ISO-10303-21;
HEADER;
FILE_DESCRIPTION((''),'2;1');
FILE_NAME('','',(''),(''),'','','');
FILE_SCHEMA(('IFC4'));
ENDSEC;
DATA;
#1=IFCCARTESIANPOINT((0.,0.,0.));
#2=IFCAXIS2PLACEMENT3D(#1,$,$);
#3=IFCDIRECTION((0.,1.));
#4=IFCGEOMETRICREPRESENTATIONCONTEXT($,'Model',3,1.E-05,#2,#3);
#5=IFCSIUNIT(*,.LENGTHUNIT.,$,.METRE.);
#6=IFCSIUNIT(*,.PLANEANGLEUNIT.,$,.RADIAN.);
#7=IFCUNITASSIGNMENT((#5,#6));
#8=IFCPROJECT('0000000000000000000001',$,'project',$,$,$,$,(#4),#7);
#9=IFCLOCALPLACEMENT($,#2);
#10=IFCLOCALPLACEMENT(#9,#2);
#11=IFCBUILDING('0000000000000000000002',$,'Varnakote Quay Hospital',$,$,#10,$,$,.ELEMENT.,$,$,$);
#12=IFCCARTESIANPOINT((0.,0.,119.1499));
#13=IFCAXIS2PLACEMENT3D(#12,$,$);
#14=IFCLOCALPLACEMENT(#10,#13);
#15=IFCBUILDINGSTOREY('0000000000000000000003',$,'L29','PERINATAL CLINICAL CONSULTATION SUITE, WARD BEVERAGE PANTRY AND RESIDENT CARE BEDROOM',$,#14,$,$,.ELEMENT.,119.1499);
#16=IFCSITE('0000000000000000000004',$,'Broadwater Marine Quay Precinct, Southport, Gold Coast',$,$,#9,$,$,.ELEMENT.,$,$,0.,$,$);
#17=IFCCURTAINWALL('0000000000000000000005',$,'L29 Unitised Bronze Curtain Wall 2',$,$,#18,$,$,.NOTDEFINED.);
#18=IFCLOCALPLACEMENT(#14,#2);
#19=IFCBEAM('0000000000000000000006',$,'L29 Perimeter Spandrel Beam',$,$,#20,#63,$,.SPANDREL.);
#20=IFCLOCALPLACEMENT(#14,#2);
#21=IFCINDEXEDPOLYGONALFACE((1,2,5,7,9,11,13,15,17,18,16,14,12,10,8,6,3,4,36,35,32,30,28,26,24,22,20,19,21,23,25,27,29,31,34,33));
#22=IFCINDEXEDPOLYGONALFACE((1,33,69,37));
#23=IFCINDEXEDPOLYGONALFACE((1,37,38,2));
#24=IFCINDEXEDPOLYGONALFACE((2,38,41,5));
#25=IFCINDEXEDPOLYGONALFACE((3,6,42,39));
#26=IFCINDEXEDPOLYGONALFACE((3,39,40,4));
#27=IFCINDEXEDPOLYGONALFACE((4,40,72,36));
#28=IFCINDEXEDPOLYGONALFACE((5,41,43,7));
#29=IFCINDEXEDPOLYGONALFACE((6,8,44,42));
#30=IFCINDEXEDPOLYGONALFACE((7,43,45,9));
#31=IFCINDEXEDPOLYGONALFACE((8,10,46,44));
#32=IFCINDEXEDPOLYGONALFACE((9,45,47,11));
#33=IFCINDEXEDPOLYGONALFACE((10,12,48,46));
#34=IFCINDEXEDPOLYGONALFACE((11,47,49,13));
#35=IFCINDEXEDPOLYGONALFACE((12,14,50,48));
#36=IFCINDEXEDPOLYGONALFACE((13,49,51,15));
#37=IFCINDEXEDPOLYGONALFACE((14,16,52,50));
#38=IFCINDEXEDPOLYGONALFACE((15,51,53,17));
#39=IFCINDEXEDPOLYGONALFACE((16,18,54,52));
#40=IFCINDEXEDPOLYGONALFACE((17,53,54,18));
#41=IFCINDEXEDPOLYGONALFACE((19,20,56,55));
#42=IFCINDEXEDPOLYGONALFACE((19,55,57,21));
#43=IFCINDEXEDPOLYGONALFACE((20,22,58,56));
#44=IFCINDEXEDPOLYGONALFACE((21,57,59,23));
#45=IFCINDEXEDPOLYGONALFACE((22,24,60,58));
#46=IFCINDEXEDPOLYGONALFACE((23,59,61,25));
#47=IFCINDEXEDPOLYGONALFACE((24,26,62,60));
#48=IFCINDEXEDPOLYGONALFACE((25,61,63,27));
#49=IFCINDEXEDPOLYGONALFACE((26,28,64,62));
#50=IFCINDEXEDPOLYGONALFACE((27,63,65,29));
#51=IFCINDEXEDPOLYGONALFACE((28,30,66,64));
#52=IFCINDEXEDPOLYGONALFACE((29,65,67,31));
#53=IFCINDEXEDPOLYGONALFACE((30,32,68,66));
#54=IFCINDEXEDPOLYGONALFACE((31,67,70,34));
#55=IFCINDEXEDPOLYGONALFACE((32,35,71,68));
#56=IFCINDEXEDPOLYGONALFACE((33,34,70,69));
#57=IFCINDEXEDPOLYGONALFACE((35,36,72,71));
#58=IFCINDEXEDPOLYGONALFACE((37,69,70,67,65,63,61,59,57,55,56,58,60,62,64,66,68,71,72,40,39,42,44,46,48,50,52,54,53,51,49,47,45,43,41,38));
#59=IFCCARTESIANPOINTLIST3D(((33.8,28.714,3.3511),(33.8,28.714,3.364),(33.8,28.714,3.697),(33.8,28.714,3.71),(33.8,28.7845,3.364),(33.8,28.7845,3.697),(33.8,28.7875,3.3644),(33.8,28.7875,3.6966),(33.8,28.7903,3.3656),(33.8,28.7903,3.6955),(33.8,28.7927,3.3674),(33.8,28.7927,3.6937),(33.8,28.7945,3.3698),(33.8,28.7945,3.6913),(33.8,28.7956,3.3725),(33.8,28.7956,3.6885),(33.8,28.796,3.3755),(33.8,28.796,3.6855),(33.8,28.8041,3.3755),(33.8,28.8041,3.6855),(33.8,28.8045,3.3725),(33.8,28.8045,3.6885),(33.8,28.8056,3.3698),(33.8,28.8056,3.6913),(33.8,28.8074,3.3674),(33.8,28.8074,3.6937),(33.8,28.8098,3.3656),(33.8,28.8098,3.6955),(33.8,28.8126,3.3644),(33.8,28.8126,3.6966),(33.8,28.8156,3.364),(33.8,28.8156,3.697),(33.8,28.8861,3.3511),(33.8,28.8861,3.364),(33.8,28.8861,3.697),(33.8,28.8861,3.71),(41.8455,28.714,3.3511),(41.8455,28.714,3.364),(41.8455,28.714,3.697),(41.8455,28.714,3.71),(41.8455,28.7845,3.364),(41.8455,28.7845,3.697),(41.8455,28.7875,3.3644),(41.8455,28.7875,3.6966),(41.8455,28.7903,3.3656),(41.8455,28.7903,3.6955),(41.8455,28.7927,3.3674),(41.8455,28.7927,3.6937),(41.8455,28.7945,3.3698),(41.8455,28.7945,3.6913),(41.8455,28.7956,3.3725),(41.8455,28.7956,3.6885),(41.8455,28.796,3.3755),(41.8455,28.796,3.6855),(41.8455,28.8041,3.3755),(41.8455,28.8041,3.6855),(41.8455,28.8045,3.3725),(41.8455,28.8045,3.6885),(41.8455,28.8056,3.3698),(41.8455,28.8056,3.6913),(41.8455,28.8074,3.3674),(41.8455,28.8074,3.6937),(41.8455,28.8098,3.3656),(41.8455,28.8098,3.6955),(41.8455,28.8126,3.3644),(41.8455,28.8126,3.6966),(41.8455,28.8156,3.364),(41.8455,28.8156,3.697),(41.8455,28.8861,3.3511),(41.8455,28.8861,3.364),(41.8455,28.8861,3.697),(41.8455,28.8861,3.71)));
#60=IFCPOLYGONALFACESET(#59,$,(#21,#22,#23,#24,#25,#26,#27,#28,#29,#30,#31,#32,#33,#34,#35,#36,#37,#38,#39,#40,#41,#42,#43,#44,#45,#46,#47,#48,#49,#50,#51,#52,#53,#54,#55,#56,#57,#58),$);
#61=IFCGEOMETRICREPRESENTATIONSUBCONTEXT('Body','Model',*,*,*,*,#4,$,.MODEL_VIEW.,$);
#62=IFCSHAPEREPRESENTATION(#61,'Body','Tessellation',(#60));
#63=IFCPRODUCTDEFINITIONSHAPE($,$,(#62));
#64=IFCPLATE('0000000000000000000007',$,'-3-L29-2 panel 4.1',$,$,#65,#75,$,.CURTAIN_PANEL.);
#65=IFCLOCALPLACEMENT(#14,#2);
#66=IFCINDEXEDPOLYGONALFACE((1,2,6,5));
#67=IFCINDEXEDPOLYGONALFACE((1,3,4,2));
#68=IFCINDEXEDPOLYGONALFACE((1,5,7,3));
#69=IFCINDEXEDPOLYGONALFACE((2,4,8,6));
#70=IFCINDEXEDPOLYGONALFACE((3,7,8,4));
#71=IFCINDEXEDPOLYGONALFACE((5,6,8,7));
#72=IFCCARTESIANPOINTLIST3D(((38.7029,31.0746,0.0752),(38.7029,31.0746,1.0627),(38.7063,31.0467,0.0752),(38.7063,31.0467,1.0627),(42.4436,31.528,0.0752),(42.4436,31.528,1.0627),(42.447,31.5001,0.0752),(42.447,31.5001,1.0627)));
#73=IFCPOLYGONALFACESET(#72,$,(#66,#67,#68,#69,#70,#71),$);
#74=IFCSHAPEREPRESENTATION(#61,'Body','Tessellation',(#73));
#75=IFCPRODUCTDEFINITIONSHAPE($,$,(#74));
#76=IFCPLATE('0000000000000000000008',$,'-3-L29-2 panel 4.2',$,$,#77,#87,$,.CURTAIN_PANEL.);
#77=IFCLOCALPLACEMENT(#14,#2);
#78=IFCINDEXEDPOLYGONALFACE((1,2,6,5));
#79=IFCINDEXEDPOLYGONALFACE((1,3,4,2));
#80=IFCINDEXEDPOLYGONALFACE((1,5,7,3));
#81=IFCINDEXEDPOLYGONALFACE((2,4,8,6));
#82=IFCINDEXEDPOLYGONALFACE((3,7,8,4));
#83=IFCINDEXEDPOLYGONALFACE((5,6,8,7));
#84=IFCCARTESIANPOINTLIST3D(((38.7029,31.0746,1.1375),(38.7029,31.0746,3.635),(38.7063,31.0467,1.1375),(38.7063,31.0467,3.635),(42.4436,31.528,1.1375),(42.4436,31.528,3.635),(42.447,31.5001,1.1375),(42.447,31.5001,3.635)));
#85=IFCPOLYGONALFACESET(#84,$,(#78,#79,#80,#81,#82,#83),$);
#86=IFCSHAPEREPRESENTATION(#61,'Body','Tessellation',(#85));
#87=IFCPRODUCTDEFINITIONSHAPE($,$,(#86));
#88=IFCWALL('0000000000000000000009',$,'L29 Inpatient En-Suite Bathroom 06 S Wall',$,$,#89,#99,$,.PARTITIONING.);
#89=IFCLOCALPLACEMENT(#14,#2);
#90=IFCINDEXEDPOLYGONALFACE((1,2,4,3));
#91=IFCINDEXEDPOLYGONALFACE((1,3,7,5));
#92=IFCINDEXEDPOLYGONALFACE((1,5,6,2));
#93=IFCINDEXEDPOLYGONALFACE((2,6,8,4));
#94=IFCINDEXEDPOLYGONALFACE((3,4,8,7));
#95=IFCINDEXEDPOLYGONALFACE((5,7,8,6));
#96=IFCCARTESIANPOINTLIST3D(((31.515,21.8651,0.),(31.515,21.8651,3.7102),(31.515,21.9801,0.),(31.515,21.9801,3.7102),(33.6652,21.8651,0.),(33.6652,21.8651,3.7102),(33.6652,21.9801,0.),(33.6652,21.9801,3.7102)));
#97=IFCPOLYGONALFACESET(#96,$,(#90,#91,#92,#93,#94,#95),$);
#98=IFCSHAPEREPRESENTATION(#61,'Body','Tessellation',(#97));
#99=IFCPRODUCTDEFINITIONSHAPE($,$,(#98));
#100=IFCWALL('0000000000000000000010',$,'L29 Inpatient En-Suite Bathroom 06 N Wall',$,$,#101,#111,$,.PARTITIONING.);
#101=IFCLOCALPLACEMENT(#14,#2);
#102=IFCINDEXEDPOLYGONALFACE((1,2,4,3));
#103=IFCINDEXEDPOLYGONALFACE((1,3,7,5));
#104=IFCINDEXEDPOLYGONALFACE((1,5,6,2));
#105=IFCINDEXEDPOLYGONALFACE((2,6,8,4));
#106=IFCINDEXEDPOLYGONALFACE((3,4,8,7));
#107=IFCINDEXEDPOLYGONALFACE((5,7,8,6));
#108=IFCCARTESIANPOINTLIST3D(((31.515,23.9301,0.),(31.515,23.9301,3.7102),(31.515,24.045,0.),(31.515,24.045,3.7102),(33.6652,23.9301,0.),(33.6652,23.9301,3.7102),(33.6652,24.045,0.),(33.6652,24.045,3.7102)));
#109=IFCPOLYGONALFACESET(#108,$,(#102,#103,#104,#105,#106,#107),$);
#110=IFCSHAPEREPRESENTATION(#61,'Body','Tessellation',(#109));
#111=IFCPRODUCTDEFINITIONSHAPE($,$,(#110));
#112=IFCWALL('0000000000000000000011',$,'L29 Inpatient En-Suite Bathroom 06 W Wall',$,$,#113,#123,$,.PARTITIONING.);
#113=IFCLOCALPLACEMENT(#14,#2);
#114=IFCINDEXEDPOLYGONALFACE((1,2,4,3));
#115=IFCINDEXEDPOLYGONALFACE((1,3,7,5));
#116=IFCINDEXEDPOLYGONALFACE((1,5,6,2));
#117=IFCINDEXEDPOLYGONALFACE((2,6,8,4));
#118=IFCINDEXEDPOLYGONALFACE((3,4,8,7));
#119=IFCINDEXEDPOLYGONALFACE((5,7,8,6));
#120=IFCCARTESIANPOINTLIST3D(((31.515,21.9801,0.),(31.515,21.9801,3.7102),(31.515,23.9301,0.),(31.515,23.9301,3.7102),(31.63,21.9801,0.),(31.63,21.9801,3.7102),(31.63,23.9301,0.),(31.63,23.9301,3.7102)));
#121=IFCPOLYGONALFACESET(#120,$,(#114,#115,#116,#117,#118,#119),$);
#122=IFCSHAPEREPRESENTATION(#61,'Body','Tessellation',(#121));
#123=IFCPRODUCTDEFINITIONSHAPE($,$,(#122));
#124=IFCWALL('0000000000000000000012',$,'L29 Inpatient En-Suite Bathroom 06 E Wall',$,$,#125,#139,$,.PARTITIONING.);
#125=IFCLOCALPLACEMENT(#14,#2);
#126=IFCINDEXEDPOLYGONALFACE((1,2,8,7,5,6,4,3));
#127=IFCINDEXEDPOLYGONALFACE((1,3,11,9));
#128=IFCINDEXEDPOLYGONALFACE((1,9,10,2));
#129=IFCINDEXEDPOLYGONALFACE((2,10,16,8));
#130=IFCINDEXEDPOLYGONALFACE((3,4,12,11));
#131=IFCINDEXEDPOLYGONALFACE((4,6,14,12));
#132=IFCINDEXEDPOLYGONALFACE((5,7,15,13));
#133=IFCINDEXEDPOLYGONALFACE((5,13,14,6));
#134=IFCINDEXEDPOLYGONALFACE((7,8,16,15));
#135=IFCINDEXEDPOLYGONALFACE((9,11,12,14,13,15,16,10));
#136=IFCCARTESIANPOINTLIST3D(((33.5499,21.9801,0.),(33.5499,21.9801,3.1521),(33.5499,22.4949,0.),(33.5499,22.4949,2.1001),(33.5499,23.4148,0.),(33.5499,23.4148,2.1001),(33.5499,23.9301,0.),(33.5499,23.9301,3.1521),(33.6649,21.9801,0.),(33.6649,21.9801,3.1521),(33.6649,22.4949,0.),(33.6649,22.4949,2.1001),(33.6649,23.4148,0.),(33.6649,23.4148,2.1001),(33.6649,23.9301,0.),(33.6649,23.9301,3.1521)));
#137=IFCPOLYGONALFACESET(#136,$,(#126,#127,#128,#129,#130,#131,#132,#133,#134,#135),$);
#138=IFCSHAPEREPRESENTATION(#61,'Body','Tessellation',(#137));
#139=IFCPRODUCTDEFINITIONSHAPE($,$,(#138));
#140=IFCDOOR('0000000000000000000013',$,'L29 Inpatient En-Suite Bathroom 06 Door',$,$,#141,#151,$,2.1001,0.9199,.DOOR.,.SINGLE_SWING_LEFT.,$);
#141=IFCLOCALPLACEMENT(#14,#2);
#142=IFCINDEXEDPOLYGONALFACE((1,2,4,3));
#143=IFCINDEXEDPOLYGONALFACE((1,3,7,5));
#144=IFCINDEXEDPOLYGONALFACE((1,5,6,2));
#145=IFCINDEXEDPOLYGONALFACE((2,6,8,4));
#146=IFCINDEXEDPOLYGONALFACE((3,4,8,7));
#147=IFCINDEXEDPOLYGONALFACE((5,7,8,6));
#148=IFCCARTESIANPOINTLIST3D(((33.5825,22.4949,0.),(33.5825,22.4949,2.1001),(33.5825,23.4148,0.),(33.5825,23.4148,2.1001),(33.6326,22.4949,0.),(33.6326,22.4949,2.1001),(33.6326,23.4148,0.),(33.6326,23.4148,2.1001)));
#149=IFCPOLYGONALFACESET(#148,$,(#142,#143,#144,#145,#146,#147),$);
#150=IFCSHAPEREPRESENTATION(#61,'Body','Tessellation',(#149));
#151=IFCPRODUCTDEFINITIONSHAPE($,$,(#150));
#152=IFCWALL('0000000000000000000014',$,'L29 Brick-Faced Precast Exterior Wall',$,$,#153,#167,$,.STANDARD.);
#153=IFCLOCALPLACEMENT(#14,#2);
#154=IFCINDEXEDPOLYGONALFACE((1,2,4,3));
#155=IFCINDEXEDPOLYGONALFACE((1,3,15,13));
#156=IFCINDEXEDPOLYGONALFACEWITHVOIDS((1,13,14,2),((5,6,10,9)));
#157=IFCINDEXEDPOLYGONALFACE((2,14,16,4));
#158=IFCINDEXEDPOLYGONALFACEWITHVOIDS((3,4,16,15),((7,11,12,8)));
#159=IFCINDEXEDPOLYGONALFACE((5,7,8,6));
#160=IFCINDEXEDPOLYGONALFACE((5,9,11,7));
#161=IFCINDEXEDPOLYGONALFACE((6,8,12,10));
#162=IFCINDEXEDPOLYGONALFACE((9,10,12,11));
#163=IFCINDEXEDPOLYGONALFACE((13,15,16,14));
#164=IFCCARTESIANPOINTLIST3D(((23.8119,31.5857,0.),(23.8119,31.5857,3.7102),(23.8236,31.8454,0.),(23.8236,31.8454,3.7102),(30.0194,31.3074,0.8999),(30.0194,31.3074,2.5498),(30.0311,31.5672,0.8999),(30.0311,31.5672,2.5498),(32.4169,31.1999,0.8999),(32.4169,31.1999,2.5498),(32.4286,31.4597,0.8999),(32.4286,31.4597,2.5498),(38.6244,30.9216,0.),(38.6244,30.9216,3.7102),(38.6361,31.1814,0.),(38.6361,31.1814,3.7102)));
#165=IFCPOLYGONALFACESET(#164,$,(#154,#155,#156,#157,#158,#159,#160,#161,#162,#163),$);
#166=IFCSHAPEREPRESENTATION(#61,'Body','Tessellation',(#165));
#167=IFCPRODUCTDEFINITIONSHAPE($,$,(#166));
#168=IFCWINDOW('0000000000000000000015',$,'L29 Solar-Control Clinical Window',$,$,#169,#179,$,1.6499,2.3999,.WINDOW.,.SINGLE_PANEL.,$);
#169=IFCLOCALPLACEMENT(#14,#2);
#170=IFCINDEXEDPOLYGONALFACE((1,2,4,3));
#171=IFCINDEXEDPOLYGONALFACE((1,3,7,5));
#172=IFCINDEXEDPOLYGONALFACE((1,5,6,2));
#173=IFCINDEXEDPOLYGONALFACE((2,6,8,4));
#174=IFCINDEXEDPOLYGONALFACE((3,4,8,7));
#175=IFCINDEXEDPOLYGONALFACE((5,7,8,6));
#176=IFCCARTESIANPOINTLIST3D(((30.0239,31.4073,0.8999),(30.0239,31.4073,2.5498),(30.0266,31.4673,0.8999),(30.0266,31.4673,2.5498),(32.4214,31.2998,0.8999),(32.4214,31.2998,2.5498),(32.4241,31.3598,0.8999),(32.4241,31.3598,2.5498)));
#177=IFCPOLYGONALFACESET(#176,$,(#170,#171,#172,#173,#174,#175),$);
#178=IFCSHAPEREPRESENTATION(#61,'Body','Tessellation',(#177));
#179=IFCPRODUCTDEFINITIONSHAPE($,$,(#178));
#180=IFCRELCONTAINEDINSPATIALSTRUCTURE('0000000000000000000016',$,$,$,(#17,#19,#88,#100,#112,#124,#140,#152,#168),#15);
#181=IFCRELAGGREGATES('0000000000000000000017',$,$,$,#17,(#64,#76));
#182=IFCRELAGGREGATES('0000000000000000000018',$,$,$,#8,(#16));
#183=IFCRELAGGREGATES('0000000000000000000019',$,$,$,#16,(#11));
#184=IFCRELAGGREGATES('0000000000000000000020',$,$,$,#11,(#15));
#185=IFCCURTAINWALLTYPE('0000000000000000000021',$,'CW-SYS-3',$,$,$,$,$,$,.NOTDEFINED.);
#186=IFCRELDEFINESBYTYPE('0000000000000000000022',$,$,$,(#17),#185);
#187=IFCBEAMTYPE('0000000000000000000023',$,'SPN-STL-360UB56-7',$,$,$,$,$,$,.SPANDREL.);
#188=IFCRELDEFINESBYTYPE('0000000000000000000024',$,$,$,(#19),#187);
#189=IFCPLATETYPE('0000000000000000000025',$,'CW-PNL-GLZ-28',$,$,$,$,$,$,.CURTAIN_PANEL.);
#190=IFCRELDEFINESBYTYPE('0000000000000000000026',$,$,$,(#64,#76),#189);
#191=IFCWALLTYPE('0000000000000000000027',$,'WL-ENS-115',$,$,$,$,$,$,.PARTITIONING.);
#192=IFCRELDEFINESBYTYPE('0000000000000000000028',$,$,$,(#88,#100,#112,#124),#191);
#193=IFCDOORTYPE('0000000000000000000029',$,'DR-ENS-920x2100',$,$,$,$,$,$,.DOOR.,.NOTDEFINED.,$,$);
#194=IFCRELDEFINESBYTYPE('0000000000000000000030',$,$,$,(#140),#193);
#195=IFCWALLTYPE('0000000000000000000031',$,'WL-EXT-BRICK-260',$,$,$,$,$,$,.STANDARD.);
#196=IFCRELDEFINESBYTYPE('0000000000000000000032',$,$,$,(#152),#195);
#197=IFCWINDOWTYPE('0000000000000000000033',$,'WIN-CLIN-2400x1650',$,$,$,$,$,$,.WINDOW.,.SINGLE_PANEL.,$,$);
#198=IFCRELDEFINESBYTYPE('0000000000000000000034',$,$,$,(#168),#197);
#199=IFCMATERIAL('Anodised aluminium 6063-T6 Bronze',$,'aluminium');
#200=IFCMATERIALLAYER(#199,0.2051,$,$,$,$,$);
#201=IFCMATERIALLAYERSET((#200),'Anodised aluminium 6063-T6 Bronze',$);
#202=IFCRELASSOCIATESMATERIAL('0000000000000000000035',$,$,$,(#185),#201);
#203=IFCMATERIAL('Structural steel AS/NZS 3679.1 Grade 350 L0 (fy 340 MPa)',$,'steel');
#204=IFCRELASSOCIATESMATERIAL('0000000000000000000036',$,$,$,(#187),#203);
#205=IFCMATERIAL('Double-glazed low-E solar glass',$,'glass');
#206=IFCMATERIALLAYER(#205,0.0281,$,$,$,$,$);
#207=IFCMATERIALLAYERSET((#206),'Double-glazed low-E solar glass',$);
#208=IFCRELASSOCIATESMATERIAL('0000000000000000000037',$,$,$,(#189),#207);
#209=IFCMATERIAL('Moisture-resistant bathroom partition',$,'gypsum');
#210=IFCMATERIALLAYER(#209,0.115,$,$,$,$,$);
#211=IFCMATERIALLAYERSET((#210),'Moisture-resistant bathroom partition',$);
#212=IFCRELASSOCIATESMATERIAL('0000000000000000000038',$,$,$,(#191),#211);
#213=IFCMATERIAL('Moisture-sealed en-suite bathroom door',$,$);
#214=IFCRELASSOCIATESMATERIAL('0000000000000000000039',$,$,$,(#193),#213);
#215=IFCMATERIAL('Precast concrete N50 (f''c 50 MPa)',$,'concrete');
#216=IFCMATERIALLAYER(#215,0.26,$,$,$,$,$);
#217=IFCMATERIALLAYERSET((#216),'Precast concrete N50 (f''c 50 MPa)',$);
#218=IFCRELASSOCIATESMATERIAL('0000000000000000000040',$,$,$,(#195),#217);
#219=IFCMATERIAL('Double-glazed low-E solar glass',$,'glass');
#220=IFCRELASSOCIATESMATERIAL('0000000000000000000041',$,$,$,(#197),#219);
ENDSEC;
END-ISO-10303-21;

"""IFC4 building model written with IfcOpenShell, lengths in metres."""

from ifc_helpers import new_model, si_unit, direction, frame, frame_2d, origin, origin_2d, place, context, subcontext, project, spatial, rectangle, i_section, extrude, material, layer, layer_set, material_profile, profile_set, type_object, element, fill, aggregate, save


model = new_model("IFC4")

# Units and contexts
model_context = context("Model", 3, precision=1e-05, world=origin(), true_north=direction((0.0, 1.0)))
body_context = subcontext(model_context, "Body", "Model", "MODEL_VIEW")
ifc_project = project(units=[si_unit("LENGTHUNIT", "METRE"), si_unit("PLANEANGLEUNIT", "RADIAN")], contexts=[model_context])

# Site, building, storey
site_placement = place(None, origin())
site = spatial("IfcSite", under=ifc_project, at=site_placement, Name="Broadwater Marine Quay Precinct, Southport, Gold Coast", CompositionType="ELEMENT", RefElevation=0.0)
building_placement = place(site_placement, origin())
building = spatial("IfcBuilding", under=site, at=building_placement, Name="Varnakote Quay Hospital", CompositionType="ELEMENT")
storey_placement = place(building_placement, frame((0.0, 0.0, 119.1499)))
storey = spatial("IfcBuildingStorey", under=building, at=storey_placement, Name="L29", Description="PERINATAL CLINICAL CONSULTATION SUITE, WARD BEVERAGE PANTRY AND RESIDENT CARE BEDROOM", CompositionType="ELEMENT", Elevation=119.1499)

# Curtain wall
ifc_material_1 = material(Name="Anodised aluminium 6063-T6 Bronze", Category="aluminium")
ifc_layer_1 = layer(ifc_material_1, 0.2051)
ifc_layer_set_1 = layer_set([ifc_layer_1], Name="Anodised aluminium 6063-T6 Bronze")
curtain_wall_type = type_object("IfcCurtainWallType", Name="CW-SYS-3", PredefinedType="NOTDEFINED", material=ifc_layer_set_1)
curtain_wall_placement = place(storey_placement, origin())
curtain_wall = element("IfcCurtainWall", 1, at=curtain_wall_placement, inside=storey, type_object=curtain_wall_type, Name="L29 Unitised Bronze Curtain Wall 2", PredefinedType="NOTDEFINED")

# Beam
ifc_material_2 = material(Name="Structural steel AS/NZS 3679.1 Grade 350 L0 (fy 340 MPa)", Category="steel")
ifc_material_profile_1 = material_profile(ifc_material_2, i_section(OverallWidth=0.1721, OverallDepth=0.3589, WebThickness=0.0081, FlangeThickness=0.0129, FilletRadius=0.0115, at=origin_2d()), Name="360UB56.7")
ifc_profile_set_1 = profile_set([ifc_material_profile_1], Name="Structural steel AS/NZS 3679.1 Grade 350 L0 (fy 340 MPa)")
beam_type_1 = type_object("IfcBeamType", Name="SPN-STL-360UB56-7", PredefinedType="SPANDREL", material=ifc_profile_set_1)
beam_1_placement = place(storey_placement, frame((33.8, 28.8, 3.5305), z_axis=(1.0, 0.0, 0.0), x_axis=(0.0, 1.0, 0.0)))
element("IfcBeam", 2, at=beam_1_placement, inside=storey, type_object=beam_type_1, Name="L29 Perimeter Spandrel Beam", PredefinedType="SPANDREL", context=body_context, shape_type="SweptSolid", body=[
    extrude(i_section(OverallWidth=0.1721, OverallDepth=0.3589, WebThickness=0.0081, FlangeThickness=0.0129, FilletRadius=0.0115, at=origin_2d()), origin(), (0.0, 0.0, 1.0), 8.0454),
])

# Plates
ifc_material_3 = material(Name="Double-glazed low-E solar glass", Category="glass")
ifc_layer_2 = layer(ifc_material_3, 0.0281)
ifc_layer_set_2 = layer_set([ifc_layer_2], Name="Double-glazed low-E solar glass")
plate_type = type_object("IfcPlateType", Name="CW-PNL-GLZ-28", PredefinedType="CURTAIN_PANEL", material=ifc_layer_set_2)
plate_1_placement = place(storey_placement, frame((40.575, 31.2874, 0.0752), z_axis=(0.0, 0.0, 1.0), x_axis=(-0.992734, -0.120327, 0.0)))
plate_1 = element("IfcPlate", 3, at=plate_1_placement, type_object=plate_type, Name="-3-L29-2 panel 4.1", PredefinedType="CURTAIN_PANEL", context=body_context, shape_type="SweptSolid", body=[
    extrude(rectangle(XDim=3.7681, YDim=0.0281, at=origin_2d()), origin(), (0.0, 0.0, 1.0), 0.9875),
])
plate_2_placement = place(storey_placement, frame((40.575, 31.2874, 1.1375), z_axis=(0.0, 0.0, 1.0), x_axis=(-0.992734, -0.120327, 0.0)))
plate_2 = element("IfcPlate", 4, at=plate_2_placement, type_object=plate_type, Name="-3-L29-2 panel 4.2", PredefinedType="CURTAIN_PANEL", context=body_context, shape_type="SweptSolid", body=[
    extrude(rectangle(XDim=3.7681, YDim=0.0281, at=origin_2d()), origin(), (0.0, 0.0, 1.0), 2.4976),
])
aggregate(curtain_wall, [plate_1, plate_2])

# Walls
ifc_material_4 = material(Name="Moisture-resistant bathroom partition", Category="gypsum")
ifc_layer_3 = layer(ifc_material_4, 0.115)
ifc_layer_set_3 = layer_set([ifc_layer_3], Name="Moisture-resistant bathroom partition")
wall_type_1 = type_object("IfcWallType", Name="WL-ENS-115", PredefinedType="PARTITIONING", material=ifc_layer_set_3)
for number, where, z_axis, x_axis, name in (
    (5, (31.5149, 21.9226, 0.0), (0.0, 0.0, 1.0), (1.0, 0.0, 0.0), "L29 Inpatient En-Suite Bathroom 06 S Wall"),
    (6, (31.5149, 23.9875, 0.0), (0.0, 0.0, 1.0), (1.0, 0.0, 0.0), "L29 Inpatient En-Suite Bathroom 06 N Wall"),
):
    element("IfcWall", number, at=place(storey_placement, frame(where, z_axis=z_axis, x_axis=x_axis)), inside=storey, type_object=wall_type_1, Name=name, PredefinedType="PARTITIONING", context=body_context, shape_type="SweptSolid", body=[
        extrude(rectangle(XDim=2.1501, YDim=0.115, at=frame_2d((1.0752, 0.0))), origin(), (0.0, 0.0, 1.0), 3.7102),
    ])
wall_1_placement = place(storey_placement, frame((31.5725, 21.98, 0.0), z_axis=(0.0, 0.0, 1.0), x_axis=(0.0, 1.0, 0.0)))
element("IfcWall", 7, at=wall_1_placement, inside=storey, type_object=wall_type_1, Name="L29 Inpatient En-Suite Bathroom 06 W Wall", PredefinedType="PARTITIONING", context=body_context, shape_type="SweptSolid", body=[
    extrude(rectangle(XDim=1.95, YDim=0.115, at=frame_2d((0.9751, 0.0))), origin(), (0.0, 0.0, 1.0), 3.7102),
])

# Wall, opening, door
wall_2_placement = place(storey_placement, frame((33.6074, 21.98, 0.0), z_axis=(0.0, 0.0, 1.0), x_axis=(0.0, 1.0, 0.0)))
wall_2 = element("IfcWall", 8, at=wall_2_placement, inside=storey, type_object=wall_type_1, Name="L29 Inpatient En-Suite Bathroom 06 E Wall", PredefinedType="PARTITIONING", context=body_context, shape_type="SweptSolid", body=[
    extrude(rectangle(XDim=1.95, YDim=0.115, at=frame_2d((0.9751, 0.0))), origin(), (0.0, 0.0, 1.0), 3.1521),
])
opening_1_placement = place(wall_2_placement, frame((0.5149, 0.0, 0.0)))
opening_1 = element("IfcOpeningElement", 9, at=opening_1_placement, cuts=wall_2, PredefinedType="OPENING", context=body_context, shape_type="SweptSolid", body=[
    extrude(rectangle(XDim=0.9199, YDim=2.1001, at=frame_2d((0.46, 1.05))), frame((0.0, 0.0674, 0.0), z_axis=(0.0, -1.0, 0.0), x_axis=(1.0, 0.0, 0.0)), (0.0, 0.0, 1.0), 0.135),
])
ifc_material_5 = material(Name="Moisture-sealed en-suite bathroom door")
door_type_1 = type_object("IfcDoorType", Name="DR-ENS-920x2100", OperationType="NOTDEFINED", PredefinedType="DOOR", material=ifc_material_5)
door_1_placement = place(opening_1_placement, origin())
door_1 = element("IfcDoor", 10, at=door_1_placement, inside=storey, type_object=door_type_1, Name="L29 Inpatient En-Suite Bathroom 06 Door", OperationType="SINGLE_SWING_LEFT", OverallHeight=2.1001, OverallWidth=0.9199, PredefinedType="DOOR", context=body_context, shape_type="SweptSolid", body=[
    extrude(rectangle(XDim=0.9199, YDim=2.1001, at=frame_2d((0.46, 1.05))), frame((0.0, 0.0249, 0.0), z_axis=(0.0, -1.0, 0.0), x_axis=(1.0, 0.0, 0.0)), (0.0, 0.0, 1.0), 0.05),
])
fill(opening_1, door_1)

# Wall, opening, window
ifc_material_6 = material(Name="Precast concrete N50 (f'c 50 MPa)", Category="concrete")
ifc_layer_4 = layer(ifc_material_6, 0.26)
ifc_layer_set_4 = layer_set([ifc_layer_4], Name="Precast concrete N50 (f'c 50 MPa)")
wall_type_2 = type_object("IfcWallType", Name="WL-EXT-BRICK-260", PredefinedType="STANDARD", material=ifc_layer_set_4)
wall_3_placement = place(storey_placement, frame((38.6301, 31.0515, 0.0), z_axis=(0.0, 0.0, 1.0), x_axis=(-0.998997, 0.044786, 0.0)))
wall_3 = element("IfcWall", 11, at=wall_3_placement, inside=storey, type_object=wall_type_2, Name="L29 Brick-Faced Precast Exterior Wall", PredefinedType="STANDARD", context=body_context, shape_type="SweptSolid", body=[
    extrude(rectangle(XDim=14.8274, YDim=0.26, at=frame_2d((7.4136, 0.0))), origin(), (0.0, 0.0, 1.0), 3.7102),
])
opening_2_placement = place(wall_3_placement, frame((6.2136, 0.0, 0.8999)))
opening_2 = element("IfcOpeningElement", 12, at=opening_2_placement, cuts=wall_3, PredefinedType="OPENING", context=body_context, shape_type="SweptSolid", body=[
    extrude(rectangle(XDim=2.3999, YDim=1.6499, at=frame_2d((1.2, 0.825))), frame((0.0, 0.1399, 0.0), z_axis=(0.0, -1.0, 0.0), x_axis=(1.0, 0.0, 0.0)), (0.0, 0.0, 1.0), 0.28),
])
ifc_material_7 = material(Name="Double-glazed low-E solar glass", Category="glass")
window_type = type_object("IfcWindowType", Name="WIN-CLIN-2400x1650", PartitioningType="SINGLE_PANEL", PredefinedType="WINDOW", material=ifc_material_7)
window_placement = place(opening_2_placement, origin())
window = element("IfcWindow", 13, at=window_placement, inside=storey, type_object=window_type, Name="L29 Solar-Control Clinical Window", OverallHeight=1.6499, OverallWidth=2.3999, PartitioningType="SINGLE_PANEL", PredefinedType="WINDOW", context=body_context, shape_type="SweptSolid", body=[
    extrude(rectangle(XDim=2.3999, YDim=1.6499, at=frame_2d((1.2, 0.825))), frame((0.0, 0.03, 0.0), z_axis=(0.0, -1.0, 0.0), x_axis=(1.0, 0.0, 0.0)), (0.0, 0.0, 1.0), 0.0601),
])
fill(opening_2, window)

save(model, "model.ifc")
